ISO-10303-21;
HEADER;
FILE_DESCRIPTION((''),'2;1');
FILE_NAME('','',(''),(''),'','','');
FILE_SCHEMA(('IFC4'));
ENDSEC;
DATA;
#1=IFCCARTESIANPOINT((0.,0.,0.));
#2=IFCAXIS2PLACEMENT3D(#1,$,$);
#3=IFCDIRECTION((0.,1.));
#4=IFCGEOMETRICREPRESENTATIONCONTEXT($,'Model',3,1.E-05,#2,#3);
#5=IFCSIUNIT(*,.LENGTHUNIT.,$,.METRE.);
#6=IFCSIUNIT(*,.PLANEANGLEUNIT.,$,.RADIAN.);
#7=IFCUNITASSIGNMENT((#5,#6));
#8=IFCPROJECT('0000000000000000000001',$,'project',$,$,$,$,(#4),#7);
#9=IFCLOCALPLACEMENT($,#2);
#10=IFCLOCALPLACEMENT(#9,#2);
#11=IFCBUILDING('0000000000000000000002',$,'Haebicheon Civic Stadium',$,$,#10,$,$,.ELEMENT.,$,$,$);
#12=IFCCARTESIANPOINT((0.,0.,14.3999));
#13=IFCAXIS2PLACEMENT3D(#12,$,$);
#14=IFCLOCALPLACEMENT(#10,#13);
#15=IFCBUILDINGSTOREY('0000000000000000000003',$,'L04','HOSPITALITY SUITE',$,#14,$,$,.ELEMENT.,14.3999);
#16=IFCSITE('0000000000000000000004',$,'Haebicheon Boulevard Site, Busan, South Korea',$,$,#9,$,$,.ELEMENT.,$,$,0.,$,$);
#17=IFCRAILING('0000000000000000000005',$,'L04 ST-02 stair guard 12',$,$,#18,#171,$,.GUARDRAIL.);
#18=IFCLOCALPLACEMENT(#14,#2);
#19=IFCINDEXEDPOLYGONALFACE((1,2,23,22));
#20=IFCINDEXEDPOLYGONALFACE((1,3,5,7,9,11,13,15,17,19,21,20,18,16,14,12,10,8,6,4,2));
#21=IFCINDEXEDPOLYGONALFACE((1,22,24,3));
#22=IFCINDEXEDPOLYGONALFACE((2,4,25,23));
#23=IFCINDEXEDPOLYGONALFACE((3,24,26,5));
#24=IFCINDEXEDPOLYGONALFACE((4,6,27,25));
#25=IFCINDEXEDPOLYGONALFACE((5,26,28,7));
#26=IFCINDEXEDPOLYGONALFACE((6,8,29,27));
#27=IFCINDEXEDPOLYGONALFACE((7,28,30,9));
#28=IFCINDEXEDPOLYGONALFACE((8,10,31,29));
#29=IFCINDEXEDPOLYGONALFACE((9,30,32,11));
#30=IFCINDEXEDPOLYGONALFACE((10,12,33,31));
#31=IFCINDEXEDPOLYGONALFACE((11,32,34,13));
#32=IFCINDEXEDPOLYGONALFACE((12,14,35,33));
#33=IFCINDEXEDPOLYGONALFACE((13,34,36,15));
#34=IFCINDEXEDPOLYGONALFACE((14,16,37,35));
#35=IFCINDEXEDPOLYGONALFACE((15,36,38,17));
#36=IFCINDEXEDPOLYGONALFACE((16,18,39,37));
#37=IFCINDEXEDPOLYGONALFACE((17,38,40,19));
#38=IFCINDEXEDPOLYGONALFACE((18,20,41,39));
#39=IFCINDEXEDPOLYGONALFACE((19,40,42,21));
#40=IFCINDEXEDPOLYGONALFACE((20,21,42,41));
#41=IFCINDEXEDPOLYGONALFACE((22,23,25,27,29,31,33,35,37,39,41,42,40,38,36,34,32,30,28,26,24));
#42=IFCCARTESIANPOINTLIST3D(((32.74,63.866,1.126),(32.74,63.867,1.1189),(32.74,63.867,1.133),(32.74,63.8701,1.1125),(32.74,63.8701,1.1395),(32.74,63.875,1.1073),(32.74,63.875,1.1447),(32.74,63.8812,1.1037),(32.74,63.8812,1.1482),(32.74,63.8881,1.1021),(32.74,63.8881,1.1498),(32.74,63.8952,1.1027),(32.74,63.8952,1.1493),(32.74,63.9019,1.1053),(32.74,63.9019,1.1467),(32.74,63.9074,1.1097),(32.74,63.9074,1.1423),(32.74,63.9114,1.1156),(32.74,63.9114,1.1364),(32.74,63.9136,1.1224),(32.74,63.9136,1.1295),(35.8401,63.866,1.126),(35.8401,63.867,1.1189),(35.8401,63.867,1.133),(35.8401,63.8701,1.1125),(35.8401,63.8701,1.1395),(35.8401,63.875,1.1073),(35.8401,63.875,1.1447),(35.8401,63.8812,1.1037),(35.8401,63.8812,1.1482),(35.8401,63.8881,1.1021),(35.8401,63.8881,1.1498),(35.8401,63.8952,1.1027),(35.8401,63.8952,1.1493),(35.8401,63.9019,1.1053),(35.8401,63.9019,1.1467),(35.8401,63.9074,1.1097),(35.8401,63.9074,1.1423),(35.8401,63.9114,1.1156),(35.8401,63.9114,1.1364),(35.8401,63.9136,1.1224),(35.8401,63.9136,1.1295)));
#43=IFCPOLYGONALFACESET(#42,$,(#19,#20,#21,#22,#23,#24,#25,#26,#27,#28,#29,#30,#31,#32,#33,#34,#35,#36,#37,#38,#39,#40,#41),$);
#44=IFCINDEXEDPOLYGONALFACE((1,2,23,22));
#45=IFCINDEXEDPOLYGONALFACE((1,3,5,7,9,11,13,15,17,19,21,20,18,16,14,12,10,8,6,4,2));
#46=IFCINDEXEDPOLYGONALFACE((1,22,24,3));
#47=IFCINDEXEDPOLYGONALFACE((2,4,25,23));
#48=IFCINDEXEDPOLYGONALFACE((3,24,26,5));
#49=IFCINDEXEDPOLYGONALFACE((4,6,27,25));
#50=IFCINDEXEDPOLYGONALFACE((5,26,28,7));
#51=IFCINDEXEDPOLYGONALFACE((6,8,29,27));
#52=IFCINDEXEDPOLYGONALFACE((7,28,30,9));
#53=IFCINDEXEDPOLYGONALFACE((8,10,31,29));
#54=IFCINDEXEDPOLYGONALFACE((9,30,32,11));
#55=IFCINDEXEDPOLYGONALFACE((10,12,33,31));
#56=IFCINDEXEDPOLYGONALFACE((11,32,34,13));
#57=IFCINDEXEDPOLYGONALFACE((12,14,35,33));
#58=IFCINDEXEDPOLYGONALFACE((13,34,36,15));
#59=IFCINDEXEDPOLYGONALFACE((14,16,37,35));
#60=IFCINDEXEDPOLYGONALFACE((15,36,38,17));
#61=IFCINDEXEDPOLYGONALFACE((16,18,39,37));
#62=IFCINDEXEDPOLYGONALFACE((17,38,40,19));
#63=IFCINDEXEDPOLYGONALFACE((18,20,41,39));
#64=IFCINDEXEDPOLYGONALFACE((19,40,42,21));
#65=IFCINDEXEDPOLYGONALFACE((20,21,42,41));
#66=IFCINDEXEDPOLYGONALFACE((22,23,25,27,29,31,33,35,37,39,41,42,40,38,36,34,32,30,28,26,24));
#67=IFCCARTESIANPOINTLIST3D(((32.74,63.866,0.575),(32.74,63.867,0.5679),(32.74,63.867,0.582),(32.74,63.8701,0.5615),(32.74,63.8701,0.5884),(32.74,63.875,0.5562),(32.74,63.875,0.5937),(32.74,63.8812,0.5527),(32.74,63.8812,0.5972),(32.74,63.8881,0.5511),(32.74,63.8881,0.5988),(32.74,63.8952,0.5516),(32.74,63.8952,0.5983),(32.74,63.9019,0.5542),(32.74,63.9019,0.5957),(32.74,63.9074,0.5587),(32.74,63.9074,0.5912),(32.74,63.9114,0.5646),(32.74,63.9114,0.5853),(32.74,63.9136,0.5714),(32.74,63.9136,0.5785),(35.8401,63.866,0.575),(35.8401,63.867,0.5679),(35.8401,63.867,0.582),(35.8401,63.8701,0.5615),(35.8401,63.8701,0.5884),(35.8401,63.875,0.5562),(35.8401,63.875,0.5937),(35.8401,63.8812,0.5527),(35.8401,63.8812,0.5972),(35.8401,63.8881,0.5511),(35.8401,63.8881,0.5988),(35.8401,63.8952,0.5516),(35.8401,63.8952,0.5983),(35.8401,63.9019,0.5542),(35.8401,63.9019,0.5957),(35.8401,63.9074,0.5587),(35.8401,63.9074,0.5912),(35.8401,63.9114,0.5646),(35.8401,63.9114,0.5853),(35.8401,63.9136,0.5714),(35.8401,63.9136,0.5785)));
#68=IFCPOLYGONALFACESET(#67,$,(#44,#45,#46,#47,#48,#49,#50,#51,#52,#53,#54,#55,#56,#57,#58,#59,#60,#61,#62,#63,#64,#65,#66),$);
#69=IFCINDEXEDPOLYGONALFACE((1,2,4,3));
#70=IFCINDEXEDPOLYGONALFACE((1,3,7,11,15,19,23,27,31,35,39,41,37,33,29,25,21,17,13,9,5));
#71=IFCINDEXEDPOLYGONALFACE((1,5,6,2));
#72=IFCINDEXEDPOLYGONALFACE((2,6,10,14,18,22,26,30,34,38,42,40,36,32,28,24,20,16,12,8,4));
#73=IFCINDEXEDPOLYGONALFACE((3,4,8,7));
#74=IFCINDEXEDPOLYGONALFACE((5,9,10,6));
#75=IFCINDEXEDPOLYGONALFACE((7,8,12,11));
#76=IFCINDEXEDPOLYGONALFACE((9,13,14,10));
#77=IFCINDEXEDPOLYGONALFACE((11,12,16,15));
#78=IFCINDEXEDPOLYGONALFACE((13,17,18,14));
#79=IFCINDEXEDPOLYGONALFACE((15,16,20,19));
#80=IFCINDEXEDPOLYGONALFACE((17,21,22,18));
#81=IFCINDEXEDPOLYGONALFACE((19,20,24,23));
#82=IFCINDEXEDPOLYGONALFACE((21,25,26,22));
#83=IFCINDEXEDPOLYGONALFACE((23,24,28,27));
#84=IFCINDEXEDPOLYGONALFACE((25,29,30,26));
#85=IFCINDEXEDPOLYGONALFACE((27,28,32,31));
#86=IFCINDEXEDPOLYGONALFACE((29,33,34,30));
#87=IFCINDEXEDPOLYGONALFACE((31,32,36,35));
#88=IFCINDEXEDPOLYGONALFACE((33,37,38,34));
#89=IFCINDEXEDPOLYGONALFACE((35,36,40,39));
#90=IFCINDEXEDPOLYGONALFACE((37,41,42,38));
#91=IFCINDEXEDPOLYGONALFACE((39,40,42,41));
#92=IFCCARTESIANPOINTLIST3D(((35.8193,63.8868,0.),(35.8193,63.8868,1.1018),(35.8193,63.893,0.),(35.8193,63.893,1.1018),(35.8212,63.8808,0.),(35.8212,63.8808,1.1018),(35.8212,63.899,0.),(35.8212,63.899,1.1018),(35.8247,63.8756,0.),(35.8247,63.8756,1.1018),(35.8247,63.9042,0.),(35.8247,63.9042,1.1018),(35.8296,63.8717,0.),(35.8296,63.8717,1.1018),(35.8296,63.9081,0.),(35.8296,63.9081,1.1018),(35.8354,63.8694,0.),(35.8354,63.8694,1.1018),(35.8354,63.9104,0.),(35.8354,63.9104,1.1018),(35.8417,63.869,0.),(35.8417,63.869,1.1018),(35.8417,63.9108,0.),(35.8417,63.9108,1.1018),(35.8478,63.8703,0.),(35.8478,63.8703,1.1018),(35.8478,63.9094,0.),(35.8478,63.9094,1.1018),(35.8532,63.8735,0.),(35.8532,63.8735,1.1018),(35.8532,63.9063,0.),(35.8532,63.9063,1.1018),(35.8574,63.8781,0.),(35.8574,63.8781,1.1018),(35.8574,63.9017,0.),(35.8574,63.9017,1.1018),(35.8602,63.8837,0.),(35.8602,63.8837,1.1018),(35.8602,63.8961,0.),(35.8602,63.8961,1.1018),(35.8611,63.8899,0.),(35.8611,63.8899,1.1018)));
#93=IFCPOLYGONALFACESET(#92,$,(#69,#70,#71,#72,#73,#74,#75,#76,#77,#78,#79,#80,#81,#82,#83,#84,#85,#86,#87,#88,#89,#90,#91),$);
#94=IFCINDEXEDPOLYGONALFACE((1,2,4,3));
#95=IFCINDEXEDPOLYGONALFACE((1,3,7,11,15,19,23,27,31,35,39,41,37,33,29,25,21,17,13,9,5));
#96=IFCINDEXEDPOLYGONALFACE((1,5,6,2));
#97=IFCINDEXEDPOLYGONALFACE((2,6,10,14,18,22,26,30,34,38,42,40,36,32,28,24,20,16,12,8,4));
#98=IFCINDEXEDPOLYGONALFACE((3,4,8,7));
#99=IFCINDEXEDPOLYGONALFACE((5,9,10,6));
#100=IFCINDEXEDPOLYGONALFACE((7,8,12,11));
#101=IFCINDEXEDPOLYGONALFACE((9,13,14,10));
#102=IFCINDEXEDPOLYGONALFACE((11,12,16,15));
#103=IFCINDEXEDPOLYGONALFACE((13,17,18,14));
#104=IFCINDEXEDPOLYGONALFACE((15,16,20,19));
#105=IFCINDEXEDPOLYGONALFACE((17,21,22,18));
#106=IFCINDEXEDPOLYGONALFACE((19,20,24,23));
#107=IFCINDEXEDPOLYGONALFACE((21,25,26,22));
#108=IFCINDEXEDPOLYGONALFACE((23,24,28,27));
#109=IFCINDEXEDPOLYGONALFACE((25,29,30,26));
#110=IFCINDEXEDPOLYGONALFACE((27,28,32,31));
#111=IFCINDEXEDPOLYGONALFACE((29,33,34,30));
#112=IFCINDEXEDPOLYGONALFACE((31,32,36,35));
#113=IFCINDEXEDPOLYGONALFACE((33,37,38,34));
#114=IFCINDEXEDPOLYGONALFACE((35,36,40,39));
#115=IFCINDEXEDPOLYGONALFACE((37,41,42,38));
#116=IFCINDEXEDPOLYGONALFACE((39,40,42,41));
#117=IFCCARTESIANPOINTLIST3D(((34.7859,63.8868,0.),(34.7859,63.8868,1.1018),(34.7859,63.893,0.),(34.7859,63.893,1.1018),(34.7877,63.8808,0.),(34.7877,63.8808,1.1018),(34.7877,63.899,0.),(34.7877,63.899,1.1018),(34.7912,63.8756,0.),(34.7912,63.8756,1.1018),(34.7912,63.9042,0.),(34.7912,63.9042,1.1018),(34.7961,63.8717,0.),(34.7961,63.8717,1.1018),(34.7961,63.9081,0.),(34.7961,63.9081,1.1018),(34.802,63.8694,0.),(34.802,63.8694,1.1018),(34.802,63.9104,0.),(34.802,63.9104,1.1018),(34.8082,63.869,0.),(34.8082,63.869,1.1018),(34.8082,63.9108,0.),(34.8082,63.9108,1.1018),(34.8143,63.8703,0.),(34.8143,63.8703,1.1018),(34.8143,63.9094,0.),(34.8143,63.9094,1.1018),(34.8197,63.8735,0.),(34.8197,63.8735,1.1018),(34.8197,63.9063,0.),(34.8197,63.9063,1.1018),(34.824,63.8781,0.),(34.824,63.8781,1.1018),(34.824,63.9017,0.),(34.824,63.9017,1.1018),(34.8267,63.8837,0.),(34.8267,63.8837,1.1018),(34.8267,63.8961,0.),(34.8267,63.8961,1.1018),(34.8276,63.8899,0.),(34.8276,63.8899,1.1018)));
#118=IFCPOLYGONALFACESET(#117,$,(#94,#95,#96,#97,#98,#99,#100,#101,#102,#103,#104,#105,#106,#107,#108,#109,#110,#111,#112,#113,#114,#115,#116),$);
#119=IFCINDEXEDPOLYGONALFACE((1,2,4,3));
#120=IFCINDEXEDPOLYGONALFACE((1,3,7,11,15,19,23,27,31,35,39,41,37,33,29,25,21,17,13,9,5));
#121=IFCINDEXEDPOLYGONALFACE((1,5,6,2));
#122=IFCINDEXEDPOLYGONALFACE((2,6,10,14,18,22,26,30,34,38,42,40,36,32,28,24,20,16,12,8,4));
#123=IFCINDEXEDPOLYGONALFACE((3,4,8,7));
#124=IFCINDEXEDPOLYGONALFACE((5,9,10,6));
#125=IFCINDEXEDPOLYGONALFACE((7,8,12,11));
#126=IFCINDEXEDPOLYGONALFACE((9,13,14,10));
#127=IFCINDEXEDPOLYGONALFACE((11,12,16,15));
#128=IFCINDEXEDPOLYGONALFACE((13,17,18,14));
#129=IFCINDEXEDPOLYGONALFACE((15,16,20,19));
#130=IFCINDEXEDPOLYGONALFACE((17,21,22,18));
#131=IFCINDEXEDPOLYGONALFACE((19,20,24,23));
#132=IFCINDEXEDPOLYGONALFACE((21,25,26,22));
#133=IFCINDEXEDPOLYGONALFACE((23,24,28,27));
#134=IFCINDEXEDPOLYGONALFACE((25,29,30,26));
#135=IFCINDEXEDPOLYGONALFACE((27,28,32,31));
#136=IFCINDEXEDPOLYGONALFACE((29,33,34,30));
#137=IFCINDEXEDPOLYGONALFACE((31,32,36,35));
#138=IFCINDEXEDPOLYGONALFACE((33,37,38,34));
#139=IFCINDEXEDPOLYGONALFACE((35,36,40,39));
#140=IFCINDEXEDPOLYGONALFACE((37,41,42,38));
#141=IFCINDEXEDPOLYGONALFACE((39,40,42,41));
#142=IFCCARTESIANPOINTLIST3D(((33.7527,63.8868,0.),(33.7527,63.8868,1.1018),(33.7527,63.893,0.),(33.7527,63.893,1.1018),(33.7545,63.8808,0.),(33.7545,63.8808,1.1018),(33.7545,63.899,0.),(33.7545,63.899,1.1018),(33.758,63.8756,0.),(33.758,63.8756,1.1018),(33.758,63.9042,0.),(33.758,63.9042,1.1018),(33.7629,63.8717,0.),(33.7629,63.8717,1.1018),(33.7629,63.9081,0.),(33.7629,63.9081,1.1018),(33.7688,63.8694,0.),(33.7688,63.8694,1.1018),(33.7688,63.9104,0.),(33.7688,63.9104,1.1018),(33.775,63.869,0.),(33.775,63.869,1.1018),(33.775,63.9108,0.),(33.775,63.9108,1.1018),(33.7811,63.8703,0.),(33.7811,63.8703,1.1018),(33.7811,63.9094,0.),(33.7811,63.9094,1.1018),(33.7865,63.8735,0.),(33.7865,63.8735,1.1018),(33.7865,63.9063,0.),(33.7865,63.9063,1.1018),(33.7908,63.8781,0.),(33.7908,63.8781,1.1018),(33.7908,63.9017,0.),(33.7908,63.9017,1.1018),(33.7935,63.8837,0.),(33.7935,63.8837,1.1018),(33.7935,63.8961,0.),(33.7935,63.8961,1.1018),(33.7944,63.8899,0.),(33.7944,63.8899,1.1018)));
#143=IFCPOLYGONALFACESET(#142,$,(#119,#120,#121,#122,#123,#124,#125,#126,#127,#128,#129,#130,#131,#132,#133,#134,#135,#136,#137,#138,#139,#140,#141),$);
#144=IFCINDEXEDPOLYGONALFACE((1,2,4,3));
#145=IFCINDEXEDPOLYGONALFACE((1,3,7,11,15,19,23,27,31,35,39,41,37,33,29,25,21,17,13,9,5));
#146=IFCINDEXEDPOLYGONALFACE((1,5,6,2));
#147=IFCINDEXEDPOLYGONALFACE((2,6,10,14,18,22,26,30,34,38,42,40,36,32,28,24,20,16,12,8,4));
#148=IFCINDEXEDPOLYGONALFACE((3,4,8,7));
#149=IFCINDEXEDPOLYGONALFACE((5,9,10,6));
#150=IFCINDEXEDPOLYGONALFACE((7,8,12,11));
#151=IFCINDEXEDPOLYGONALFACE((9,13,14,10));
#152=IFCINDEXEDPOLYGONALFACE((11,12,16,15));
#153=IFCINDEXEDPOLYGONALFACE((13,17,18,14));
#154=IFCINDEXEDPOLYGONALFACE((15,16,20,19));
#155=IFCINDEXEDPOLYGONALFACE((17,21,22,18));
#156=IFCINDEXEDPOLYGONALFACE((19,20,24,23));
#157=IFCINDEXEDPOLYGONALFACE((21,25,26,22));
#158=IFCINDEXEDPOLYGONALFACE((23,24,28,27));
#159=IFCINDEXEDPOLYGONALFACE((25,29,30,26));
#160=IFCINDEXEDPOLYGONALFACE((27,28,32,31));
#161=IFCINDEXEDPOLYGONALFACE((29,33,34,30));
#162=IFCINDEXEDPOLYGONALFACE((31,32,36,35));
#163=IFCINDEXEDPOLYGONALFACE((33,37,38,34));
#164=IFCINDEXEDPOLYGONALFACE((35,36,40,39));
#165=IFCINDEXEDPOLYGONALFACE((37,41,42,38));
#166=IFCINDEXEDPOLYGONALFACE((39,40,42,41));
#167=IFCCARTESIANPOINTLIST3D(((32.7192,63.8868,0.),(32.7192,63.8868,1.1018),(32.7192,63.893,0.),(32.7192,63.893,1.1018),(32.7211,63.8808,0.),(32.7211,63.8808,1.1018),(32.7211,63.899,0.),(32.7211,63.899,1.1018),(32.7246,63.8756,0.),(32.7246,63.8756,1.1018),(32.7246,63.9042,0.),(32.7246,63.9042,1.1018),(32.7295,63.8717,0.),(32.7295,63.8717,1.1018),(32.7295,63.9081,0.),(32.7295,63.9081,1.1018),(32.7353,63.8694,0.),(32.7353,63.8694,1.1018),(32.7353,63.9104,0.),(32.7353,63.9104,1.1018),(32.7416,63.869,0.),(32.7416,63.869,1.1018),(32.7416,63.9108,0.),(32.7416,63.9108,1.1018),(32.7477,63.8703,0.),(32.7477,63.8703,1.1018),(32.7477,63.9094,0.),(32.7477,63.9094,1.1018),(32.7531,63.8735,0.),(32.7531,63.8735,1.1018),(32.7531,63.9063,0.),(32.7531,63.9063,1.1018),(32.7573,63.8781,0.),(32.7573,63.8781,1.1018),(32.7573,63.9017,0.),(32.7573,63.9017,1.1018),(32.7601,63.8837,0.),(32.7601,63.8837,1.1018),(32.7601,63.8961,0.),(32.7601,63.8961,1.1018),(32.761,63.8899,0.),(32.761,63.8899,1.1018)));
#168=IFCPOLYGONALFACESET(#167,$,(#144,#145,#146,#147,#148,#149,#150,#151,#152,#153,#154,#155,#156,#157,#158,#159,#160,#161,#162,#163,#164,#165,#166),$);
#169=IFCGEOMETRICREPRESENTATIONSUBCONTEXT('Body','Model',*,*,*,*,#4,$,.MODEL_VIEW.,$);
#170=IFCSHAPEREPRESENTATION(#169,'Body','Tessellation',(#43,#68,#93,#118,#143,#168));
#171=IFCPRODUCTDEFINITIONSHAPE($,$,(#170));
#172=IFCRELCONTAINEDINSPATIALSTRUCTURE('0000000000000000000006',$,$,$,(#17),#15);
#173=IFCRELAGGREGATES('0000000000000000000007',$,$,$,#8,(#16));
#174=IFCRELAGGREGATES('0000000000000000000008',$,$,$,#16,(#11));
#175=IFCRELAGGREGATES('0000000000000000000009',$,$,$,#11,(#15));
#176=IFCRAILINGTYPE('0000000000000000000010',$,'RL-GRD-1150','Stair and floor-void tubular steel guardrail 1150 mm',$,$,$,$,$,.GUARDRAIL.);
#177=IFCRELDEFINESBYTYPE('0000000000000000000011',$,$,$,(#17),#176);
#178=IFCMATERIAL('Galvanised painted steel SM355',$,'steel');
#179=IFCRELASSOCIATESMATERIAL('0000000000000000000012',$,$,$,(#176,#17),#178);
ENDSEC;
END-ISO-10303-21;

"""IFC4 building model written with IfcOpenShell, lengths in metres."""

from ifc_helpers import new_model, si_unit, direction, frame, origin, origin_2d, place, context, subcontext, project, spatial, circle, extrude, material, type_object, element, save


model = new_model("IFC4")

# Units and contexts
model_context = context("Model", 3, precision=1e-05, world=origin(), true_north=direction((0.0, 1.0)))
body_context = subcontext(model_context, "Body", "Model", "MODEL_VIEW")
ifc_project = project(units=[si_unit("LENGTHUNIT", "METRE"), si_unit("PLANEANGLEUNIT", "RADIAN")], contexts=[model_context])

# Site, building, storey
site_placement = place(None, origin())
site = spatial("IfcSite", under=ifc_project, at=site_placement, Name="Haebicheon Boulevard Site, Busan, South Korea", CompositionType="ELEMENT", RefElevation=0.0)
building_placement = place(site_placement, origin())
building = spatial("IfcBuilding", under=site, at=building_placement, Name="Haebicheon Civic Stadium", CompositionType="ELEMENT")
storey_placement = place(building_placement, frame((0.0, 0.0, 14.3999)))
storey = spatial("IfcBuildingStorey", under=building, at=storey_placement, Name="L04", Description="HOSPITALITY SUITE", CompositionType="ELEMENT", Elevation=14.3999)

# Railing
ifc_material_1 = material(Name="Galvanised painted steel SM355", Category="steel")
railing_type = type_object("IfcRailingType", Name="RL-GRD-1150", Description="Stair and floor-void tubular steel guardrail 1150 mm", PredefinedType="GUARDRAIL", material=ifc_material_1)
railing_placement = place(storey_placement, frame((35.8401, 63.8899, 0.0)))
element("IfcRailing", 1, at=railing_placement, inside=storey, type_object=railing_type, material=ifc_material_1, Name="L04 ST-02 stair guard 12", PredefinedType="GUARDRAIL", context=body_context, shape_type="SweptSolid", body=[
    extrude(circle(Radius=0.0239, at=origin_2d()), frame((0.0, 0.0, 1.126), z_axis=(-1.0, 0.0, 0.0), x_axis=(0.0, -1.0, 0.0)), (0.0, 0.0, 1.0), 3.1001),
    extrude(circle(Radius=0.0239, at=origin_2d()), frame((0.0, 0.0, 0.575), z_axis=(-1.0, 0.0, 0.0), x_axis=(0.0, -1.0, 0.0)), (0.0, 0.0, 1.0), 3.1001),
    extrude(circle(Radius=0.021, at=origin_2d()), origin(), (0.0, 0.0, 1.0), 1.1018),
    extrude(circle(Radius=0.021, at=origin_2d()), frame((-1.0334, 0.0, 0.0)), (0.0, 0.0, 1.0), 1.1018),
    extrude(circle(Radius=0.021, at=origin_2d()), frame((-2.0667, 0.0, 0.0)), (0.0, 0.0, 1.0), 1.1018),
    extrude(circle(Radius=0.021, at=origin_2d()), frame((-3.1001, 0.0, 0.0)), (0.0, 0.0, 1.0), 1.1018),
])

save(model, "model.ifc")
